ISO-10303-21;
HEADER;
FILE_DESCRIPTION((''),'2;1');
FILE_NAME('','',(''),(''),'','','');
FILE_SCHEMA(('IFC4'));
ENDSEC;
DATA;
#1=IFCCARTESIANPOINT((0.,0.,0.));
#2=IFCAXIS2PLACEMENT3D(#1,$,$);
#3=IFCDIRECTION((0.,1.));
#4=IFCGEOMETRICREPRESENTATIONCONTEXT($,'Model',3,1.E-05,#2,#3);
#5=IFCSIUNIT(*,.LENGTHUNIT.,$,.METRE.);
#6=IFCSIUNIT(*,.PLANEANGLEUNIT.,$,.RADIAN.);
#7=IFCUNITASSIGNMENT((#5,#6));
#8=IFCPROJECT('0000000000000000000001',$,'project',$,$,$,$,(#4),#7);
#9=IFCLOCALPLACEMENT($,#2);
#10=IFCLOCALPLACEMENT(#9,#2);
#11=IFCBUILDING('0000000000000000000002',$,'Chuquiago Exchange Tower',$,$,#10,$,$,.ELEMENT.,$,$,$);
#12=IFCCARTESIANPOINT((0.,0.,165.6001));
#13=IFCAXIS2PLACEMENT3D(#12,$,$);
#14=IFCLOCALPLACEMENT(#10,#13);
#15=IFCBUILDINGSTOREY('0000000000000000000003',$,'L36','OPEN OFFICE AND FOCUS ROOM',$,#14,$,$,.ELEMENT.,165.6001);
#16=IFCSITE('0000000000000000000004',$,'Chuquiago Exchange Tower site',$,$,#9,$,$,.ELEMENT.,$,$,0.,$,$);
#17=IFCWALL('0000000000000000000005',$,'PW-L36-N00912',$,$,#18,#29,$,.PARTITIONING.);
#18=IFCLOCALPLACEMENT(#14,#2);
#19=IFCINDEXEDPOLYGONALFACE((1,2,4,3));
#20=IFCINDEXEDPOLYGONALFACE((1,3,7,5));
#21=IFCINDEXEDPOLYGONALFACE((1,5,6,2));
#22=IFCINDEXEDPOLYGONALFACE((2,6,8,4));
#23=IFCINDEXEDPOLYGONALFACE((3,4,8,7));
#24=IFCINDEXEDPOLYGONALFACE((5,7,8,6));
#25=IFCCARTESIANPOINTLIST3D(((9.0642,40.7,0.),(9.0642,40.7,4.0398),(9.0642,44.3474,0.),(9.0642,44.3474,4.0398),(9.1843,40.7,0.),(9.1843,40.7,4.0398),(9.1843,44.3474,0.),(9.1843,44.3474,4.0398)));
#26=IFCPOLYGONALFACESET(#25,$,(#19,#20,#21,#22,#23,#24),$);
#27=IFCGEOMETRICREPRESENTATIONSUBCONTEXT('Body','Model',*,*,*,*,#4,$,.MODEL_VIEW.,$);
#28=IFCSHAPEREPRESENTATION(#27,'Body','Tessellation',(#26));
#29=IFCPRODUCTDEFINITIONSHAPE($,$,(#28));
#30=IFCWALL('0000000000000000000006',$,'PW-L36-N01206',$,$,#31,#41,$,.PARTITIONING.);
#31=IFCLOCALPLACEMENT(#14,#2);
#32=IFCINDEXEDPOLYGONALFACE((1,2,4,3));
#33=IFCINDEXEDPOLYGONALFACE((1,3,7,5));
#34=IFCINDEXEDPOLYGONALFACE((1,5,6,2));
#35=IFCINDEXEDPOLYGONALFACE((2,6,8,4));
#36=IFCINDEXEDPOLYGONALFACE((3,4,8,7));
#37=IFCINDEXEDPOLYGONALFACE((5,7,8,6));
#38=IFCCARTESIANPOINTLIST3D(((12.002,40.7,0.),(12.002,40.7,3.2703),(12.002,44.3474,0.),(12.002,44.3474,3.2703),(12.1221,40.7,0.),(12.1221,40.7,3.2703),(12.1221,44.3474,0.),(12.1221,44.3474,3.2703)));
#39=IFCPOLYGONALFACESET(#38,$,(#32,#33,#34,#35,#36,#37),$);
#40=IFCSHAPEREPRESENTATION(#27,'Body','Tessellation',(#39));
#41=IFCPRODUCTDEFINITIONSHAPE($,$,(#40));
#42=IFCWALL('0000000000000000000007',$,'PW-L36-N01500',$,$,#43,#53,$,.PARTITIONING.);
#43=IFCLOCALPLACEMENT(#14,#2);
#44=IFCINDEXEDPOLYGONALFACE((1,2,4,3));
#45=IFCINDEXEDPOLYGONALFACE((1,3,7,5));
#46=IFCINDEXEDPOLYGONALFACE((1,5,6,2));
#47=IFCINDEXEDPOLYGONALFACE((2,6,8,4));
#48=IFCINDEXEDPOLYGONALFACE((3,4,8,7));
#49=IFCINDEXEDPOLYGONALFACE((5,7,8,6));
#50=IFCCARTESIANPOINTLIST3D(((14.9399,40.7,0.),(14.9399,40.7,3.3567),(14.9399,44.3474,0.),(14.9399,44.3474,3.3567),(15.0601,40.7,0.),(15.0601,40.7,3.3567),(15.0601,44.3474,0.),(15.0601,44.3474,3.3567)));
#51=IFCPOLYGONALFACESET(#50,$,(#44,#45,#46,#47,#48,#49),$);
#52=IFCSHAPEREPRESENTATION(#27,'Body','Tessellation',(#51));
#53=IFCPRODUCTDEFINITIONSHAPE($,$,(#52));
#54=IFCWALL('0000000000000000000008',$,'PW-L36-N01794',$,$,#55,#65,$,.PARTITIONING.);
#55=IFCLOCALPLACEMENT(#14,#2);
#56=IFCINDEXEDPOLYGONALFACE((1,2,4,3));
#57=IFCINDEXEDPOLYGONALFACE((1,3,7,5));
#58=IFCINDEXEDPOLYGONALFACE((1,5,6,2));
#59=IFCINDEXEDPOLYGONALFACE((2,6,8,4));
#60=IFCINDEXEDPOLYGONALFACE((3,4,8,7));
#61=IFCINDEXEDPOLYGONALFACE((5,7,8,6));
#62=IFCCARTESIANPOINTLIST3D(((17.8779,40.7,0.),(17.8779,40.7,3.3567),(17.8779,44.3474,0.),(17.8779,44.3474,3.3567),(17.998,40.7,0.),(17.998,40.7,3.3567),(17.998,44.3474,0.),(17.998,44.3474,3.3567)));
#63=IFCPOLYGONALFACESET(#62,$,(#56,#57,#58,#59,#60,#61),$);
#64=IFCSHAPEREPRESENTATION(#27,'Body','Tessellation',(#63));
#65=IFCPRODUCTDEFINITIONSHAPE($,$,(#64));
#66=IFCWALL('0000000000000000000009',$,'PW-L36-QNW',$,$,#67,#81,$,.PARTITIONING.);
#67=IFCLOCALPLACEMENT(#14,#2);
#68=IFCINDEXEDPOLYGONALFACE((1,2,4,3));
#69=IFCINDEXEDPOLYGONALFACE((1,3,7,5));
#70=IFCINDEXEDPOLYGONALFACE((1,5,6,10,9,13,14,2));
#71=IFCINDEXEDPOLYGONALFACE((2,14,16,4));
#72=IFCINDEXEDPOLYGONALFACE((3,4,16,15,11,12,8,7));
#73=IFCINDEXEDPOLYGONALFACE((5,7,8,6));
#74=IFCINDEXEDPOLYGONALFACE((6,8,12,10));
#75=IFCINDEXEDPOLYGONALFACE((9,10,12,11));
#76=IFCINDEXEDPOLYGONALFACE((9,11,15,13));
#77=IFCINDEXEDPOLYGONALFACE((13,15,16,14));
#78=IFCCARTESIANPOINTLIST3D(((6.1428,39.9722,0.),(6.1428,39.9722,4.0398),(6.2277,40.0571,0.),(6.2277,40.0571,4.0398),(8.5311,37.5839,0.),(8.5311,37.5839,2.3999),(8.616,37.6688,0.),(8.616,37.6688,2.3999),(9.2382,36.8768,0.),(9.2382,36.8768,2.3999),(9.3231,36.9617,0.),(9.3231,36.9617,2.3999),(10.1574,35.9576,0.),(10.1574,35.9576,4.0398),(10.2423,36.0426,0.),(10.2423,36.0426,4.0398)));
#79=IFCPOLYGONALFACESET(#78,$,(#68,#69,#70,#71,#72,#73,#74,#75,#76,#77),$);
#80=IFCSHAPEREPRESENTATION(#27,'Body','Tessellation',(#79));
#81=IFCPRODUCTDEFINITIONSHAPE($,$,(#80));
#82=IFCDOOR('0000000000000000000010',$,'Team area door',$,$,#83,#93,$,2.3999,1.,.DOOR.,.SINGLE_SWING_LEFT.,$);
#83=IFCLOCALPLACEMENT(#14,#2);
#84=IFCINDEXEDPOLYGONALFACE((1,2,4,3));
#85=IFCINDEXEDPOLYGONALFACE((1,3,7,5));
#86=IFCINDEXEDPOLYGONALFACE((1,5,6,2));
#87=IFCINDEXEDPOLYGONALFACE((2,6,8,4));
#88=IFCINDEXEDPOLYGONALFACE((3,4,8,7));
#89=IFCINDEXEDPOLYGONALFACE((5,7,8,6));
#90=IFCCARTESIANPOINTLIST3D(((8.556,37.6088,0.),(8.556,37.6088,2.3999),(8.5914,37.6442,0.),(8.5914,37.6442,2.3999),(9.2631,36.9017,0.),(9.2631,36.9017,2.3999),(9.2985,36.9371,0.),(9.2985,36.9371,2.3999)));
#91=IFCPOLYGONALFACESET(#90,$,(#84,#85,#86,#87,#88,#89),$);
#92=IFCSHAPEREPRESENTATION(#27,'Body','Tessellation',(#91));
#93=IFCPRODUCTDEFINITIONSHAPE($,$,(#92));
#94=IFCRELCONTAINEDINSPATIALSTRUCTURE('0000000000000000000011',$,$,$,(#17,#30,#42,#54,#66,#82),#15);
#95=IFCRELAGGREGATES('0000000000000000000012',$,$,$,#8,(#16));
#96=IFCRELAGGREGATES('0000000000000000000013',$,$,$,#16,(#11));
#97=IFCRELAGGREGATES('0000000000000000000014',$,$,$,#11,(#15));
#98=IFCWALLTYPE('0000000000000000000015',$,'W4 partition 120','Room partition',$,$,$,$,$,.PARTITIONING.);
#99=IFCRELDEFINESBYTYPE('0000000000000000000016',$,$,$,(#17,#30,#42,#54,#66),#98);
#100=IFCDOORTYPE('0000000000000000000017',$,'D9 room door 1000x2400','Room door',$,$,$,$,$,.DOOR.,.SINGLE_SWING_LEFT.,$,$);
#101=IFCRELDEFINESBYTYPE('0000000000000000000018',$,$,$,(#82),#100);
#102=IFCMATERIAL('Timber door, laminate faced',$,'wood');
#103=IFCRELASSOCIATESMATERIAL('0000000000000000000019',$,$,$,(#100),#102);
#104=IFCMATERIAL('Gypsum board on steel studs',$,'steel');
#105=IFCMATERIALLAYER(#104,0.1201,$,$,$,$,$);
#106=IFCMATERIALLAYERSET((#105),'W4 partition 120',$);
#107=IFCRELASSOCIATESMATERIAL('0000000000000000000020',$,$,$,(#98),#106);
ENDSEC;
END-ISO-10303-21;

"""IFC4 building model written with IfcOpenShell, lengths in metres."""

from ifc_helpers import new_model, si_unit, direction, frame, frame_2d, origin, place, context, subcontext, project, spatial, rectangle, extrude, material, layer, layer_set, type_object, element, fill, save


model = new_model("IFC4")

# Units and contexts
model_context = context("Model", 3, precision=1e-05, world=origin(), true_north=direction((0.0, 1.0)))
body_context = subcontext(model_context, "Body", "Model", "MODEL_VIEW")
ifc_project = project(units=[si_unit("LENGTHUNIT", "METRE"), si_unit("PLANEANGLEUNIT", "RADIAN")], contexts=[model_context])

# Site, building, storey
site_placement = place(None, origin())
site = spatial("IfcSite", under=ifc_project, at=site_placement, Name="Chuquiago Exchange Tower site", CompositionType="ELEMENT", RefElevation=0.0)
building_placement = place(site_placement, origin())
building = spatial("IfcBuilding", under=site, at=building_placement, Name="Chuquiago Exchange Tower", CompositionType="ELEMENT")
storey_placement = place(building_placement, frame((0.0, 0.0, 165.6001)))
storey = spatial("IfcBuildingStorey", under=building, at=storey_placement, Name="L36", Description="OPEN OFFICE AND FOCUS ROOM", CompositionType="ELEMENT", Elevation=165.6001)

# Shared definitions
ifc_material_1 = material(Name="Timber door, laminate faced", Category="wood")
door_type_1 = type_object("IfcDoorType", Name="D9 room door 1000x2400", Description="Room door", OperationType="SINGLE_SWING_LEFT", PredefinedType="DOOR", material=ifc_material_1)

# Walls
ifc_material_2 = material(Name="Gypsum board on steel studs", Category="steel")
ifc_layer_1 = layer(ifc_material_2, 0.1201)
ifc_layer_set_1 = layer_set([ifc_layer_1], Name="W4 partition 120")
wall_type_1 = type_object("IfcWallType", Name="W4 partition 120", Description="Room partition", PredefinedType="PARTITIONING", material=ifc_layer_set_1)
wall_1_placement = place(storey_placement, frame((9.1243, 44.3474, 0.0), z_axis=(0.0, 0.0, 1.0), x_axis=(0.0, -1.0, 0.0)))
element("IfcWall", 1, at=wall_1_placement, inside=storey, type_object=wall_type_1, Name="PW-L36-N00912", PredefinedType="PARTITIONING", context=body_context, shape_type="SweptSolid", body=[
    extrude(rectangle(XDim=3.6475, YDim=0.1201, at=frame_2d((1.8237, 0.0))), origin(), (0.0, 0.0, 1.0), 4.0398),
])
wall_2_placement = place(storey_placement, frame((12.062, 44.3474, 0.0), z_axis=(0.0, 0.0, 1.0), x_axis=(0.0, -1.0, 0.0)))
element("IfcWall", 2, at=wall_2_placement, inside=storey, type_object=wall_type_1, Name="PW-L36-N01206", PredefinedType="PARTITIONING", context=body_context, shape_type="SweptSolid", body=[
    extrude(rectangle(XDim=3.6475, YDim=0.1201, at=frame_2d((1.8237, 0.0))), origin(), (0.0, 0.0, 1.0), 3.2703),
])
for number, where, z_axis, x_axis, name in (
    (3, (15.0, 44.3474, 0.0), (0.0, 0.0, 1.0), (0.0, -1.0, 0.0), "PW-L36-N01500"),
    (4, (17.938, 44.3474, 0.0), (0.0, 0.0, 1.0), (0.0, -1.0, 0.0), "PW-L36-N01794"),
):
    element("IfcWall", number, at=place(storey_placement, frame(where, z_axis=z_axis, x_axis=x_axis)), inside=storey, type_object=wall_type_1, Name=name, PredefinedType="PARTITIONING", context=body_context, shape_type="SweptSolid", body=[
        extrude(rectangle(XDim=3.6475, YDim=0.1201, at=frame_2d((1.8237, 0.0))), origin(), (0.0, 0.0, 1.0), 3.3567),
    ])

# Wall, opening, door
wall_3_placement = place(storey_placement, frame((10.2, 36.0, 0.0), z_axis=(0.0, 0.0, 1.0), x_axis=(-0.707107, 0.707107, 0.0)))
wall_3 = element("IfcWall", 5, at=wall_3_placement, inside=storey, type_object=wall_type_1, Name="PW-L36-QNW", PredefinedType="PARTITIONING", context=body_context, shape_type="SweptSolid", body=[
    extrude(rectangle(XDim=5.6775, YDim=0.1201, at=frame_2d((2.8389, 0.0))), origin(), (0.0, 0.0, 1.0), 4.0398),
])
opening_1_placement = place(wall_3_placement, frame((1.3, 0.0, 0.0)))
opening_1 = element("IfcOpeningElement", 6, at=opening_1_placement, cuts=wall_3, PredefinedType="OPENING", context=body_context, shape_type="SweptSolid", body=[
    extrude(rectangle(XDim=1.0, YDim=2.3999, at=frame_2d((0.5, 1.2))), frame((0.0, 0.0701, 0.0), z_axis=(0.0, -1.0, 0.0), x_axis=(1.0, 0.0, 0.0)), (0.0, 0.0, 1.0), 0.1401),
])
door_1_placement = place(opening_1_placement, origin())
door_1 = element("IfcDoor", 7, at=door_1_placement, inside=storey, type_object=door_type_1, Name="Team area door", OperationType="SINGLE_SWING_LEFT", OverallHeight=2.3999, OverallWidth=1.0, PredefinedType="DOOR", context=body_context, shape_type="SweptSolid", body=[
    extrude(rectangle(XDim=1.0, YDim=2.3999, at=frame_2d((0.5, 1.2))), frame((0.0, 0.0249, 0.0), z_axis=(0.0, -1.0, 0.0), x_axis=(1.0, 0.0, 0.0)), (0.0, 0.0, 1.0), 0.05),
])
fill(opening_1, door_1)

save(model, "model.ifc")
